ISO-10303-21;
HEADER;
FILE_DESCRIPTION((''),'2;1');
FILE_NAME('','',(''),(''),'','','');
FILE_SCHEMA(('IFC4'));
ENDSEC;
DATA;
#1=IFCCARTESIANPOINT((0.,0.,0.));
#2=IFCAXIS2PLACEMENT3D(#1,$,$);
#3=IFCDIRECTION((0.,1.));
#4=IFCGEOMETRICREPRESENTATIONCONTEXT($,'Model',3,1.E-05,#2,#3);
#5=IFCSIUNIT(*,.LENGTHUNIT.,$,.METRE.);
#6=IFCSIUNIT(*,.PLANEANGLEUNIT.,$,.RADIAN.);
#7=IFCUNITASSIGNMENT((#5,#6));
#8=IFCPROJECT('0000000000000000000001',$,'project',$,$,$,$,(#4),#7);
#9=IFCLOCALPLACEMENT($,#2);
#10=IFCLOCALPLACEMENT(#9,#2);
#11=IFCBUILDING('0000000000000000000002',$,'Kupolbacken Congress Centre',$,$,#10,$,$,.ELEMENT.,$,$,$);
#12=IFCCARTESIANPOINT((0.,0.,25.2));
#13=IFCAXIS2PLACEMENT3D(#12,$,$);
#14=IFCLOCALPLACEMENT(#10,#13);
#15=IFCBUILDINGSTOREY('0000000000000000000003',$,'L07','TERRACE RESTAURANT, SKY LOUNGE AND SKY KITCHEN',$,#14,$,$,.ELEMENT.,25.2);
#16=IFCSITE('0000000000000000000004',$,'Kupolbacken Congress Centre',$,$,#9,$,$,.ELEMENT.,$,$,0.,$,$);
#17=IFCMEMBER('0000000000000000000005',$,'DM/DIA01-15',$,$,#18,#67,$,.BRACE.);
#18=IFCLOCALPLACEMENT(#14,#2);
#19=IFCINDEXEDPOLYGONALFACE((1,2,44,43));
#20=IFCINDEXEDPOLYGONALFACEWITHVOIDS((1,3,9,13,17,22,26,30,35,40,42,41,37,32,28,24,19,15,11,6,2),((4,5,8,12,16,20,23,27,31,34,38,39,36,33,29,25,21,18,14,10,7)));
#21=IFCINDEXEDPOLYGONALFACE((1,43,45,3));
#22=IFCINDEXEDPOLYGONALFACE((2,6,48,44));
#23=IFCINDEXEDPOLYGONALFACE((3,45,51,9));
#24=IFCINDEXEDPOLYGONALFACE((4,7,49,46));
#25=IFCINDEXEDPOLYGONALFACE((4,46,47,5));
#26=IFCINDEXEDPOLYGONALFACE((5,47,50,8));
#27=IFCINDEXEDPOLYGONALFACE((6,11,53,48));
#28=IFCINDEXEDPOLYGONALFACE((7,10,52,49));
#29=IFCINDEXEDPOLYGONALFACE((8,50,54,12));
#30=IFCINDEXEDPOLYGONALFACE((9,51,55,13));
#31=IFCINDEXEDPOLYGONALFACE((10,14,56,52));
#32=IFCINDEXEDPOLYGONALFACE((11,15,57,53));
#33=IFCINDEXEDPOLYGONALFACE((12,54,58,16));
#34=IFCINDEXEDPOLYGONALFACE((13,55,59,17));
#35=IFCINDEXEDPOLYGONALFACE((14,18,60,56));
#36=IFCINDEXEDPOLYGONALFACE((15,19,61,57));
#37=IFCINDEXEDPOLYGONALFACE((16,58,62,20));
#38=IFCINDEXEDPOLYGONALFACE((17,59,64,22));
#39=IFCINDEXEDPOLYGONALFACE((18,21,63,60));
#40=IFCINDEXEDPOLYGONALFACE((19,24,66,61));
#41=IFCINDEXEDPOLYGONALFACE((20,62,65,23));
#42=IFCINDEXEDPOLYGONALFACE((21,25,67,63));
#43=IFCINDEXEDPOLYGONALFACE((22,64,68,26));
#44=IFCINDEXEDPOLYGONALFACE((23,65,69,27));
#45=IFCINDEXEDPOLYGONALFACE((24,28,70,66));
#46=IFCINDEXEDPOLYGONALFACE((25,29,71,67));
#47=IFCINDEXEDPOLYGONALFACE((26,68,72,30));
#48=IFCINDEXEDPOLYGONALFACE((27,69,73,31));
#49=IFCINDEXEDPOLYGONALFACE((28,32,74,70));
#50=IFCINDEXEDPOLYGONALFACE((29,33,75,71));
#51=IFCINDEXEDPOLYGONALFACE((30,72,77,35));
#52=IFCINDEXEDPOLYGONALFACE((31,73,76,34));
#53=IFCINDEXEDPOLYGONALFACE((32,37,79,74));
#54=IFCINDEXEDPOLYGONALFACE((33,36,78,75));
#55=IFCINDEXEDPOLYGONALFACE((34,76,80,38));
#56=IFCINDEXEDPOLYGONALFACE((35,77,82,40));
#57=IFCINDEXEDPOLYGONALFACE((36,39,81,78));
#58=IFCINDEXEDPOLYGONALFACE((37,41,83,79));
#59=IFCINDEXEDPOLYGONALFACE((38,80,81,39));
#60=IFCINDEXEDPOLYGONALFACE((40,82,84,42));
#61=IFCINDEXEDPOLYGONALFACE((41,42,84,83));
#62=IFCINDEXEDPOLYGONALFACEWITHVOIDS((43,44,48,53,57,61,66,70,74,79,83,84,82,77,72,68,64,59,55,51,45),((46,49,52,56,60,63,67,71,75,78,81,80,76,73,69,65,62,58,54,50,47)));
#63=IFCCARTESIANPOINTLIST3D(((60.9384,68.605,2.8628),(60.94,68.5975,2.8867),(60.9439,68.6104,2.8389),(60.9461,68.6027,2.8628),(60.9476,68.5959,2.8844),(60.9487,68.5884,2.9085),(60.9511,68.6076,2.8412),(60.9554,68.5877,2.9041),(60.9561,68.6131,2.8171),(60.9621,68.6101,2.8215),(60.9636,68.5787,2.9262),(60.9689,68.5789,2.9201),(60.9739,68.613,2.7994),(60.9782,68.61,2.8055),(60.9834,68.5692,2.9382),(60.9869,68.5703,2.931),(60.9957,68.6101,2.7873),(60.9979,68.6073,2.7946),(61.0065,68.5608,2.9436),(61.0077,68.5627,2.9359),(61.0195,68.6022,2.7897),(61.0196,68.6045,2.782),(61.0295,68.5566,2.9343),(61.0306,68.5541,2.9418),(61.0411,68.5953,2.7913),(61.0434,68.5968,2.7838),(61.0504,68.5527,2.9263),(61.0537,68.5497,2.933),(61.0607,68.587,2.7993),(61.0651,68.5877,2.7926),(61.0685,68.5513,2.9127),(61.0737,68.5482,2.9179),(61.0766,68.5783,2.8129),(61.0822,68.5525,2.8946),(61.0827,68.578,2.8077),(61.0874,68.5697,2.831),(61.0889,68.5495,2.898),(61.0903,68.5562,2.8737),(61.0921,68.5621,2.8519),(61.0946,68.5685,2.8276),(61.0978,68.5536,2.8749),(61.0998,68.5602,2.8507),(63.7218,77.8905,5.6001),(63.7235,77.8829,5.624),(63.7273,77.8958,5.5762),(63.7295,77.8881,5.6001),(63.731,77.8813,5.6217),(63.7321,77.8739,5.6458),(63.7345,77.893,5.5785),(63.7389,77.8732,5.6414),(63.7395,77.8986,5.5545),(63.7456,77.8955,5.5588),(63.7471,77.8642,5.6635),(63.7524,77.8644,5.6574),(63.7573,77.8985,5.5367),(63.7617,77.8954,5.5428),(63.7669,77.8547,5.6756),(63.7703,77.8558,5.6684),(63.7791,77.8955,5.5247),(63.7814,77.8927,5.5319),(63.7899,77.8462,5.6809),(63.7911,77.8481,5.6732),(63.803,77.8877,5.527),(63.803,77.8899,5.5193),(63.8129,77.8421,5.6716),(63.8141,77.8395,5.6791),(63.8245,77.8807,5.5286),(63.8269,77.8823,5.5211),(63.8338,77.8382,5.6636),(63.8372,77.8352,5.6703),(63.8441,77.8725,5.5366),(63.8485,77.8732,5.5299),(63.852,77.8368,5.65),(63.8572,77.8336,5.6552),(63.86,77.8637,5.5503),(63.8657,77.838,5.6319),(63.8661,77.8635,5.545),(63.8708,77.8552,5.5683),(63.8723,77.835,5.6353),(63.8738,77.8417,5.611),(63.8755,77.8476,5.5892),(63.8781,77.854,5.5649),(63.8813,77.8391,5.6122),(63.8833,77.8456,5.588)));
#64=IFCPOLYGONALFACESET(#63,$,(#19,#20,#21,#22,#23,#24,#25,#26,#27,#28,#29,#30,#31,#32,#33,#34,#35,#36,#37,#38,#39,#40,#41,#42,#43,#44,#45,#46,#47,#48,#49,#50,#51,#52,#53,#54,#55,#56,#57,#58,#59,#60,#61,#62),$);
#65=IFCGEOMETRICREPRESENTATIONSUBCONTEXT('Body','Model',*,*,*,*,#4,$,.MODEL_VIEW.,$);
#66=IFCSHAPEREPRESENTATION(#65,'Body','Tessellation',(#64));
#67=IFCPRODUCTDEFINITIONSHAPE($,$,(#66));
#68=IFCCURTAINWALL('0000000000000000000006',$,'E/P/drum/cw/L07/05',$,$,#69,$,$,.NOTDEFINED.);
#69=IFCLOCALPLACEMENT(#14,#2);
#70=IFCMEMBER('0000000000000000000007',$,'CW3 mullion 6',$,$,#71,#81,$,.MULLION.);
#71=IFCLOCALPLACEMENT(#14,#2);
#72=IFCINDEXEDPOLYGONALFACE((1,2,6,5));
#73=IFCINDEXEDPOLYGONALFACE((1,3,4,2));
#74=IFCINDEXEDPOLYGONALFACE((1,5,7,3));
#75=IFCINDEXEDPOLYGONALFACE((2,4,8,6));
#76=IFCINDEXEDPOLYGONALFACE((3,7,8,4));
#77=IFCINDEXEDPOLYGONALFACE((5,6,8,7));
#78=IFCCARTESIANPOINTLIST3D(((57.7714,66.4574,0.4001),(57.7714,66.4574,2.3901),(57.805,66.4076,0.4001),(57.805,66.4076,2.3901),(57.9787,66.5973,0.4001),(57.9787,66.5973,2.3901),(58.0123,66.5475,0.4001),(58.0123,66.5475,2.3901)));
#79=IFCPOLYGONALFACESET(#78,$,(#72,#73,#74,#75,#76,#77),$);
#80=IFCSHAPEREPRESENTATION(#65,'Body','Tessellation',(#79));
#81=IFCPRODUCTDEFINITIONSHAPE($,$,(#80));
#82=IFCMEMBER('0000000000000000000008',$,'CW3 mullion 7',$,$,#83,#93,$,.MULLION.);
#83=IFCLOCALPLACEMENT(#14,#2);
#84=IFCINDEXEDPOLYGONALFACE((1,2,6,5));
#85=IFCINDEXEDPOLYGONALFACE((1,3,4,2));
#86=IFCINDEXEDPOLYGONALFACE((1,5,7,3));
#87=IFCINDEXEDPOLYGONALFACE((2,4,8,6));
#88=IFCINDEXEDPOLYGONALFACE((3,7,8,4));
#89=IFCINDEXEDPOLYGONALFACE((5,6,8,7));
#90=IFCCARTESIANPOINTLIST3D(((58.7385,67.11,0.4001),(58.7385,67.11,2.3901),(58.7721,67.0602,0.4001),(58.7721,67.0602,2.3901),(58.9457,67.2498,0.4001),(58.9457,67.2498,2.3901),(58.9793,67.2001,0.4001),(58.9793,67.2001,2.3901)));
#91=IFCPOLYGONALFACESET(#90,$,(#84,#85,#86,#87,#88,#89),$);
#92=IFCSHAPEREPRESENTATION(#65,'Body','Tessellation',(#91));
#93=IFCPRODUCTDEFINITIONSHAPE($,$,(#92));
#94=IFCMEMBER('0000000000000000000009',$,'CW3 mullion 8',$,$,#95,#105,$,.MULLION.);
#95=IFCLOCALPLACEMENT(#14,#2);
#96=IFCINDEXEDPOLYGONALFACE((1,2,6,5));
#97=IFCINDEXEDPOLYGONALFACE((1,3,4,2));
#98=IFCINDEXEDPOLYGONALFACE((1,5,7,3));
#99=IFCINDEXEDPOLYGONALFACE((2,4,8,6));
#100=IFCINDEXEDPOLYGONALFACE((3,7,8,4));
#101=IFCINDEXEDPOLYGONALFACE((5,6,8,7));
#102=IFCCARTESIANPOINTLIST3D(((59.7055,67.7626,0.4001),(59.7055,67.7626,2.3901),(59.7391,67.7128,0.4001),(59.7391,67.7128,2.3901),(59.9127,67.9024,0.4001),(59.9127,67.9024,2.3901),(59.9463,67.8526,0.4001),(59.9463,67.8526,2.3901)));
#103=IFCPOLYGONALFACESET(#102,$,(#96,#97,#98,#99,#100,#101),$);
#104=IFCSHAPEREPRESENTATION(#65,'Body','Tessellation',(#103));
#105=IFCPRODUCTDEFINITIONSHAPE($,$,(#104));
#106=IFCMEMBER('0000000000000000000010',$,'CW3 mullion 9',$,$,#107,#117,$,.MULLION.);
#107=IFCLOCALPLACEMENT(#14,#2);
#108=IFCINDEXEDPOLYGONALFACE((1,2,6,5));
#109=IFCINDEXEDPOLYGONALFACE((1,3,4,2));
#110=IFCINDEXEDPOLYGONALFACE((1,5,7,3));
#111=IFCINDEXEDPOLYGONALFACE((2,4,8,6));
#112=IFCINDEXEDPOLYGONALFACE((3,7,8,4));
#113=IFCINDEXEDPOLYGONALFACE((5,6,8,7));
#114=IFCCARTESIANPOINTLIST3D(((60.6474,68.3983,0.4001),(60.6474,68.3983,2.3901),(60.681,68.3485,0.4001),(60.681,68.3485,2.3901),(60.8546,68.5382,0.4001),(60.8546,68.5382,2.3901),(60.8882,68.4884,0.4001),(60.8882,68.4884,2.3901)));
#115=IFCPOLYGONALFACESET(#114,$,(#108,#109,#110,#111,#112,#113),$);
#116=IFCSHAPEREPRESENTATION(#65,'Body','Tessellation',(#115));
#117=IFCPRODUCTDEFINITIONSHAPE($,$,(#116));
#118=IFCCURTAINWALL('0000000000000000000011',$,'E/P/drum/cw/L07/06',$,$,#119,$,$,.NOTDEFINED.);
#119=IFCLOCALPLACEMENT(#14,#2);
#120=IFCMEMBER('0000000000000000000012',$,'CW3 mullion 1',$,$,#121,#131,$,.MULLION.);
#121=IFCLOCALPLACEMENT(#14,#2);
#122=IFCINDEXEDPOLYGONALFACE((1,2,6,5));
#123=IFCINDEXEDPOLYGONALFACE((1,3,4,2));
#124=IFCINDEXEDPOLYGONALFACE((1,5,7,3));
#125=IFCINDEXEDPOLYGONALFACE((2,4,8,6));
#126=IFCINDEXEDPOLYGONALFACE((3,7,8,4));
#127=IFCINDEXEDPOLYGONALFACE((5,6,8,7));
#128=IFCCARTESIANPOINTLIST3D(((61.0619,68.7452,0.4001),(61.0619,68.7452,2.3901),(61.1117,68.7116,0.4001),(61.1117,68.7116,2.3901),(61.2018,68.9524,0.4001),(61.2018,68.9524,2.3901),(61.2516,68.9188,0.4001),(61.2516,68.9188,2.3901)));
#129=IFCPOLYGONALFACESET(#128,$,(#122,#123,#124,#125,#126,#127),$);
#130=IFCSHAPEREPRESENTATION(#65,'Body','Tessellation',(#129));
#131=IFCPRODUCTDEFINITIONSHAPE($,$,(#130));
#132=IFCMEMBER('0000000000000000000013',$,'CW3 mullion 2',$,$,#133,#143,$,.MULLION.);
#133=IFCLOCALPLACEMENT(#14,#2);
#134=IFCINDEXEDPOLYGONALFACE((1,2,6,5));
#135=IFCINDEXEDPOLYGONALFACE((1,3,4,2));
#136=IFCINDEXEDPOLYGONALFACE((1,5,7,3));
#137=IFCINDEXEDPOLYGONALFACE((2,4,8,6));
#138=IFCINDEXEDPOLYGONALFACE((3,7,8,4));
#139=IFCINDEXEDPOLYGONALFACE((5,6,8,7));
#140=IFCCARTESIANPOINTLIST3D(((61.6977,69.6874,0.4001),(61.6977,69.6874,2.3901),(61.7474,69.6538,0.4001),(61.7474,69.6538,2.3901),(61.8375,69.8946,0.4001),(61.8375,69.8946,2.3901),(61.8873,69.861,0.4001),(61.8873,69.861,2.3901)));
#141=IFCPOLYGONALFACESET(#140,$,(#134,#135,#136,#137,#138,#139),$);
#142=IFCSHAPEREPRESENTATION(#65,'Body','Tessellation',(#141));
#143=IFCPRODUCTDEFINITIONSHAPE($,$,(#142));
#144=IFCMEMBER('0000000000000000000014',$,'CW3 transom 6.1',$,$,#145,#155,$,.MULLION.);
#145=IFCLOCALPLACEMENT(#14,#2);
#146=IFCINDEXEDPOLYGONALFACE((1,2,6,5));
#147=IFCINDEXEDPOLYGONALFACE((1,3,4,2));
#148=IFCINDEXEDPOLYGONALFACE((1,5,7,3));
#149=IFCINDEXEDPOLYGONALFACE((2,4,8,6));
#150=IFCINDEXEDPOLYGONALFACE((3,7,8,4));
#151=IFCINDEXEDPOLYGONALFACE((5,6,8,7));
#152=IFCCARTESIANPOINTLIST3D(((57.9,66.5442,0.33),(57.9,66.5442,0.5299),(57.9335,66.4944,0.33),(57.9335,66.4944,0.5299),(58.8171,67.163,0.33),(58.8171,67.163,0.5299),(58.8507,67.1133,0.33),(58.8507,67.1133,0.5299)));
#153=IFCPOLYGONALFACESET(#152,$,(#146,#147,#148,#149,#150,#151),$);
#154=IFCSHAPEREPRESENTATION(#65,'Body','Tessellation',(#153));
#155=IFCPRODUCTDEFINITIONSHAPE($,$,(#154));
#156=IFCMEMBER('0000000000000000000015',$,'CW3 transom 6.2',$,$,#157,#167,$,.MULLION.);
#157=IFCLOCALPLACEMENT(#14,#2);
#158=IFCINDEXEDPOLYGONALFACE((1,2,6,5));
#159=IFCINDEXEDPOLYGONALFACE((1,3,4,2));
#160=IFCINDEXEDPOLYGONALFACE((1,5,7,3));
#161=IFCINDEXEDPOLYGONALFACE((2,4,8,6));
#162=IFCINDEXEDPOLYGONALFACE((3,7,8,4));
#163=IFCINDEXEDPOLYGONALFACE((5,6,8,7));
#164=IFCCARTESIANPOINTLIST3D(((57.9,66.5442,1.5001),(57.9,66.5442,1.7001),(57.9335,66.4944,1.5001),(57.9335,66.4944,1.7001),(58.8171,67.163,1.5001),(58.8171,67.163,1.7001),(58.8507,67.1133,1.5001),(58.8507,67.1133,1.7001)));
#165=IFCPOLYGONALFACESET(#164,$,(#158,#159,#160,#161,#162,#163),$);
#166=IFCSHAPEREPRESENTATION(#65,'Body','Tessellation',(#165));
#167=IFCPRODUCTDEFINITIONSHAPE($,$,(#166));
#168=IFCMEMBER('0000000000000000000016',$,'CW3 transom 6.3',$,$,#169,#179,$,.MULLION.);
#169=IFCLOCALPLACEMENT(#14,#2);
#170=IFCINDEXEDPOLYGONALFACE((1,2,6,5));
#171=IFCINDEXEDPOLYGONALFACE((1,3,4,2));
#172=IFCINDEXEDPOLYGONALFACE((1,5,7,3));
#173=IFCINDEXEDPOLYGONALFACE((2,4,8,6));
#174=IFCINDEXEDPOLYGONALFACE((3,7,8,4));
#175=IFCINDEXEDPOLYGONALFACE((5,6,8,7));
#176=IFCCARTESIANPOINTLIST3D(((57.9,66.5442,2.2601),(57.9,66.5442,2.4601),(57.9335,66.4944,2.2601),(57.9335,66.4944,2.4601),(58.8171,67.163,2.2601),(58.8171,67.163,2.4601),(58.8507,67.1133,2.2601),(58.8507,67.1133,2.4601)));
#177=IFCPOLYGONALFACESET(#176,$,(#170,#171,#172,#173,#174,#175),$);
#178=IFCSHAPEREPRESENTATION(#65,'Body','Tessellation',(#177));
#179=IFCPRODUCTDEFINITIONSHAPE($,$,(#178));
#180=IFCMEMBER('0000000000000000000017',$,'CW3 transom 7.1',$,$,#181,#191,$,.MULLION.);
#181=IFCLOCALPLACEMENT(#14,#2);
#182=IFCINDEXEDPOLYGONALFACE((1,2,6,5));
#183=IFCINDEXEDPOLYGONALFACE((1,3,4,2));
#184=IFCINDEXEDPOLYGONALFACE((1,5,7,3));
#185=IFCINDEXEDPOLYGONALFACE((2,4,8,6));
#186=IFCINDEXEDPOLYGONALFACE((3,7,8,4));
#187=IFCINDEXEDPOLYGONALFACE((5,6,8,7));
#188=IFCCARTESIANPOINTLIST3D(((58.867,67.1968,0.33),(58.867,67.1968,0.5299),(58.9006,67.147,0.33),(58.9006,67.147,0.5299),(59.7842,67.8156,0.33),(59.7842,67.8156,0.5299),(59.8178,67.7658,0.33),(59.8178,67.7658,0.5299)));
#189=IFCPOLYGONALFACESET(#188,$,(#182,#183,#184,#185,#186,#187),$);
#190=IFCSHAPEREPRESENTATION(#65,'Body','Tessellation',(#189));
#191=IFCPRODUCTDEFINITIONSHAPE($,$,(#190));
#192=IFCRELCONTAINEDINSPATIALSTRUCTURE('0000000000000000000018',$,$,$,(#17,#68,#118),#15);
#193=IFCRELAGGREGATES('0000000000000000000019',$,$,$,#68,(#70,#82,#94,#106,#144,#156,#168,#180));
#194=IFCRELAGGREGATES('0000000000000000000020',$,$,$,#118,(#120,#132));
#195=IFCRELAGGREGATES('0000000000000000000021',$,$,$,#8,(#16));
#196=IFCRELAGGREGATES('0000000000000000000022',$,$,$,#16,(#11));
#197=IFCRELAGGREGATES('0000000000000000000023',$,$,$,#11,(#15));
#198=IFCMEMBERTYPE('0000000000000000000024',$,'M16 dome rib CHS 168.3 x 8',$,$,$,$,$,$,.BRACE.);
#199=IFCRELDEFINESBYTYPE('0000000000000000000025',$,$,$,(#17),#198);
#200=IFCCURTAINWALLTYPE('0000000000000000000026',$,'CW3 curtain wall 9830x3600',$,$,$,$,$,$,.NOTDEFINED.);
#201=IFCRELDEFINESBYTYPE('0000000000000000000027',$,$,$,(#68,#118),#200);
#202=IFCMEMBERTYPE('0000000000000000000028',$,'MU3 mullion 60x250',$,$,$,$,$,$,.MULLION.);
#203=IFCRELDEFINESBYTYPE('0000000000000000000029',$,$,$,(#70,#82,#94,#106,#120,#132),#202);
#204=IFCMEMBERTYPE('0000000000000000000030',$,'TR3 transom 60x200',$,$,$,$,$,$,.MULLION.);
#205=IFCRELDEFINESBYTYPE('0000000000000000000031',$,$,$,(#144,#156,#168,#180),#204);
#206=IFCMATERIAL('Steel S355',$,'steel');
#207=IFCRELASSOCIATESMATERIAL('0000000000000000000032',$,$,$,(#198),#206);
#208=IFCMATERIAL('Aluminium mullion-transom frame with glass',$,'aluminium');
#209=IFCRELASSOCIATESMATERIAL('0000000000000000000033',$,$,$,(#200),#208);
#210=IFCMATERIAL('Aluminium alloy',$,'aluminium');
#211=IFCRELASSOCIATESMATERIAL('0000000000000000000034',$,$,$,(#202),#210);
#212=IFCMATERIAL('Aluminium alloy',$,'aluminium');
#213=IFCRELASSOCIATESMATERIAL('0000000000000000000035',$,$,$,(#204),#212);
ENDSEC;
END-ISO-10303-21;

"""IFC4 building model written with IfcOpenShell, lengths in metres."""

from ifc_helpers import new_model, si_unit, direction, frame, origin, origin_2d, place, context, subcontext, project, spatial, rectangle, hollow_circle, extrude, material, material_profile, profile_set, type_object, element, aggregate, save


model = new_model("IFC4")

# Units and contexts
model_context = context("Model", 3, precision=1e-05, world=origin(), true_north=direction((0.0, 1.0)))
body_context = subcontext(model_context, "Body", "Model", "MODEL_VIEW")
ifc_project = project(units=[si_unit("LENGTHUNIT", "METRE"), si_unit("PLANEANGLEUNIT", "RADIAN")], contexts=[model_context])

# Site, building, storey
site_placement = place(None, origin())
site = spatial("IfcSite", under=ifc_project, at=site_placement, Name="Kupolbacken Congress Centre", CompositionType="ELEMENT", RefElevation=0.0)
building_placement = place(site_placement, origin())
building = spatial("IfcBuilding", under=site, at=building_placement, Name="Kupolbacken Congress Centre", CompositionType="ELEMENT")
storey_placement = place(building_placement, frame((0.0, 0.0, 25.2)))
storey = spatial("IfcBuildingStorey", under=building, at=storey_placement, Name="L07", Description="TERRACE RESTAURANT, SKY LOUNGE AND SKY KITCHEN", CompositionType="ELEMENT", Elevation=25.2)

# Member
ifc_material_1 = material(Name="Steel S355", Category="steel")
ifc_material_profile_1 = material_profile(ifc_material_1, hollow_circle(Radius=0.0842, WallThickness=0.0081, at=origin_2d()), Name="CHS 168.3 x 8")
ifc_profile_set_1 = profile_set([ifc_material_profile_1], Name="Steel S355")
member_type_1 = type_object("IfcMemberType", Name="M16 dome rib CHS 168.3 x 8", PredefinedType="BRACE", material=ifc_profile_set_1)
member_1_placement = place(storey_placement, frame((61.019, 68.5808, 2.8628), z_axis=(0.276336, 0.921839, 0.271755), x_axis=(-0.957888, 0.287142, 0.0)))
element("IfcMember", 1, at=member_1_placement, inside=storey, type_object=member_type_1, Name="DM/DIA01-15", PredefinedType="BRACE", context=body_context, shape_type="SweptSolid", body=[
    extrude(hollow_circle(Radius=0.0842, WallThickness=0.0081, at=origin_2d()), origin(), (0.0, 0.0, 1.0), 10.0728),
])

# Curtain walls, members
ifc_material_2 = material(Name="Aluminium mullion-transom frame with glass", Category="aluminium")
curtain_wall_type = type_object("IfcCurtainWallType", Name="CW3 curtain wall 9830x3600", PredefinedType="NOTDEFINED", material=ifc_material_2)
curtain_wall_1_placement = place(storey_placement, origin())
curtain_wall_1 = element("IfcCurtainWall", 2, at=curtain_wall_1_placement, inside=storey, type_object=curtain_wall_type, Name="E/P/drum/cw/L07/05", PredefinedType="NOTDEFINED")
ifc_material_3 = material(Name="Aluminium alloy", Category="aluminium")
ifc_material_profile_2 = material_profile(ifc_material_3, rectangle(XDim=0.0601, YDim=0.25, at=origin_2d()), Name="60 x 250")
ifc_profile_set_2 = profile_set([ifc_material_profile_2], Name="Aluminium alloy")
member_type_2 = type_object("IfcMemberType", Name="MU3 mullion 60x250", PredefinedType="MULLION", material=ifc_profile_set_2)
member_2_placement = place(storey_placement, frame((57.8918, 66.5024, 0.4001), z_axis=(0.0, 0.0, 1.0), x_axis=(-0.559386, 0.828908, 0.0)))
member_2 = element("IfcMember", 3, at=member_2_placement, type_object=member_type_2, Name="CW3 mullion 6", PredefinedType="MULLION", context=body_context, shape_type="SweptSolid", body=[
    extrude(rectangle(XDim=0.0601, YDim=0.25, at=origin_2d()), origin(), (0.0, 0.0, 1.0), 1.99),
])
member_3_placement = place(storey_placement, frame((58.8589, 67.155, 0.4001), z_axis=(0.0, 0.0, 1.0), x_axis=(-0.559386, 0.828908, 0.0)))
member_3 = element("IfcMember", 4, at=member_3_placement, type_object=member_type_2, Name="CW3 mullion 7", PredefinedType="MULLION", context=body_context, shape_type="SweptSolid", body=[
    extrude(rectangle(XDim=0.0601, YDim=0.25, at=origin_2d()), origin(), (0.0, 0.0, 1.0), 1.99),
])
member_4_placement = place(storey_placement, frame((59.8259, 67.8076, 0.4001), z_axis=(0.0, 0.0, 1.0), x_axis=(-0.559386, 0.828908, 0.0)))
member_4 = element("IfcMember", 5, at=member_4_placement, type_object=member_type_2, Name="CW3 mullion 8", PredefinedType="MULLION", context=body_context, shape_type="SweptSolid", body=[
    extrude(rectangle(XDim=0.0601, YDim=0.25, at=origin_2d()), origin(), (0.0, 0.0, 1.0), 1.99),
])
member_5_placement = place(storey_placement, frame((60.7678, 68.4434, 0.4001), z_axis=(0.0, 0.0, 1.0), x_axis=(-0.559386, 0.828908, 0.0)))
member_5 = element("IfcMember", 6, at=member_5_placement, type_object=member_type_2, Name="CW3 mullion 9", PredefinedType="MULLION", context=body_context, shape_type="SweptSolid", body=[
    extrude(rectangle(XDim=0.0601, YDim=0.25, at=origin_2d()), origin(), (0.0, 0.0, 1.0), 1.99),
])
curtain_wall_2_placement = place(storey_placement, origin())
curtain_wall_2 = element("IfcCurtainWall", 7, at=curtain_wall_2_placement, inside=storey, type_object=curtain_wall_type, Name="E/P/drum/cw/L07/06", PredefinedType="NOTDEFINED")
member_6_placement = place(storey_placement, frame((61.1567, 68.832, 0.4001), z_axis=(0.0, 0.0, 1.0), x_axis=(-0.828908, 0.559386, 0.0)))
member_6 = element("IfcMember", 8, at=member_6_placement, type_object=member_type_2, Name="CW3 mullion 1", PredefinedType="MULLION", context=body_context, shape_type="SweptSolid", body=[
    extrude(rectangle(XDim=0.0601, YDim=0.25, at=origin_2d()), origin(), (0.0, 0.0, 1.0), 1.99),
])
member_7_placement = place(storey_placement, frame((61.7925, 69.7742, 0.4001), z_axis=(0.0, 0.0, 1.0), x_axis=(-0.828908, 0.559386, 0.0)))
member_7 = element("IfcMember", 9, at=member_7_placement, type_object=member_type_2, Name="CW3 mullion 2", PredefinedType="MULLION", context=body_context, shape_type="SweptSolid", body=[
    extrude(rectangle(XDim=0.0601, YDim=0.25, at=origin_2d()), origin(), (0.0, 0.0, 1.0), 1.99),
])

# Members
ifc_material_4 = material(Name="Aluminium alloy", Category="aluminium")
ifc_material_profile_3 = material_profile(ifc_material_4, rectangle(XDim=0.0601, YDim=0.2, at=origin_2d()), Name="60 x 200")
ifc_profile_set_3 = profile_set([ifc_material_profile_3], Name="Aluminium alloy")
member_type_3 = type_object("IfcMemberType", Name="TR3 transom 60x200", PredefinedType="MULLION", material=ifc_profile_set_3)
member_8_placement = place(storey_placement, frame((57.9167, 66.5193, 0.4299), z_axis=(0.828948, 0.559325, 0.0), x_axis=(-0.559325, 0.828948, 0.0)))
member_8 = element("IfcMember", 10, at=member_8_placement, type_object=member_type_3, Name="CW3 transom 6.1", PredefinedType="MULLION", context=body_context, shape_type="SweptSolid", body=[
    extrude(rectangle(XDim=0.0601, YDim=0.2, at=origin_2d()), origin(), (0.0, 0.0, 1.0), 1.1064),
])
member_9_placement = place(storey_placement, frame((57.9167, 66.5193, 1.6001), z_axis=(0.828948, 0.559325, 0.0), x_axis=(-0.559325, 0.828948, 0.0)))
member_9 = element("IfcMember", 11, at=member_9_placement, type_object=member_type_3, Name="CW3 transom 6.2", PredefinedType="MULLION", context=body_context, shape_type="SweptSolid", body=[
    extrude(rectangle(XDim=0.0601, YDim=0.2, at=origin_2d()), origin(), (0.0, 0.0, 1.0), 1.1064),
])
member_10_placement = place(storey_placement, frame((57.9167, 66.5193, 2.3601), z_axis=(0.828948, 0.559325, 0.0), x_axis=(-0.559325, 0.828948, 0.0)))
member_10 = element("IfcMember", 12, at=member_10_placement, type_object=member_type_3, Name="CW3 transom 6.3", PredefinedType="MULLION", context=body_context, shape_type="SweptSolid", body=[
    extrude(rectangle(XDim=0.0601, YDim=0.2, at=origin_2d()), origin(), (0.0, 0.0, 1.0), 1.1064),
])
member_11_placement = place(storey_placement, frame((58.8838, 67.1719, 0.4299), z_axis=(0.828948, 0.559325, 0.0), x_axis=(-0.559325, 0.828948, 0.0)))
member_11 = element("IfcMember", 13, at=member_11_placement, type_object=member_type_3, Name="CW3 transom 7.1", PredefinedType="MULLION", context=body_context, shape_type="SweptSolid", body=[
    extrude(rectangle(XDim=0.0601, YDim=0.2, at=origin_2d()), origin(), (0.0, 0.0, 1.0), 1.1064),
])

aggregate(curtain_wall_1, [member_2, member_3, member_4, member_5, member_8, member_9, member_10, member_11])
aggregate(curtain_wall_2, [member_6, member_7])

save(model, "model.ifc")
